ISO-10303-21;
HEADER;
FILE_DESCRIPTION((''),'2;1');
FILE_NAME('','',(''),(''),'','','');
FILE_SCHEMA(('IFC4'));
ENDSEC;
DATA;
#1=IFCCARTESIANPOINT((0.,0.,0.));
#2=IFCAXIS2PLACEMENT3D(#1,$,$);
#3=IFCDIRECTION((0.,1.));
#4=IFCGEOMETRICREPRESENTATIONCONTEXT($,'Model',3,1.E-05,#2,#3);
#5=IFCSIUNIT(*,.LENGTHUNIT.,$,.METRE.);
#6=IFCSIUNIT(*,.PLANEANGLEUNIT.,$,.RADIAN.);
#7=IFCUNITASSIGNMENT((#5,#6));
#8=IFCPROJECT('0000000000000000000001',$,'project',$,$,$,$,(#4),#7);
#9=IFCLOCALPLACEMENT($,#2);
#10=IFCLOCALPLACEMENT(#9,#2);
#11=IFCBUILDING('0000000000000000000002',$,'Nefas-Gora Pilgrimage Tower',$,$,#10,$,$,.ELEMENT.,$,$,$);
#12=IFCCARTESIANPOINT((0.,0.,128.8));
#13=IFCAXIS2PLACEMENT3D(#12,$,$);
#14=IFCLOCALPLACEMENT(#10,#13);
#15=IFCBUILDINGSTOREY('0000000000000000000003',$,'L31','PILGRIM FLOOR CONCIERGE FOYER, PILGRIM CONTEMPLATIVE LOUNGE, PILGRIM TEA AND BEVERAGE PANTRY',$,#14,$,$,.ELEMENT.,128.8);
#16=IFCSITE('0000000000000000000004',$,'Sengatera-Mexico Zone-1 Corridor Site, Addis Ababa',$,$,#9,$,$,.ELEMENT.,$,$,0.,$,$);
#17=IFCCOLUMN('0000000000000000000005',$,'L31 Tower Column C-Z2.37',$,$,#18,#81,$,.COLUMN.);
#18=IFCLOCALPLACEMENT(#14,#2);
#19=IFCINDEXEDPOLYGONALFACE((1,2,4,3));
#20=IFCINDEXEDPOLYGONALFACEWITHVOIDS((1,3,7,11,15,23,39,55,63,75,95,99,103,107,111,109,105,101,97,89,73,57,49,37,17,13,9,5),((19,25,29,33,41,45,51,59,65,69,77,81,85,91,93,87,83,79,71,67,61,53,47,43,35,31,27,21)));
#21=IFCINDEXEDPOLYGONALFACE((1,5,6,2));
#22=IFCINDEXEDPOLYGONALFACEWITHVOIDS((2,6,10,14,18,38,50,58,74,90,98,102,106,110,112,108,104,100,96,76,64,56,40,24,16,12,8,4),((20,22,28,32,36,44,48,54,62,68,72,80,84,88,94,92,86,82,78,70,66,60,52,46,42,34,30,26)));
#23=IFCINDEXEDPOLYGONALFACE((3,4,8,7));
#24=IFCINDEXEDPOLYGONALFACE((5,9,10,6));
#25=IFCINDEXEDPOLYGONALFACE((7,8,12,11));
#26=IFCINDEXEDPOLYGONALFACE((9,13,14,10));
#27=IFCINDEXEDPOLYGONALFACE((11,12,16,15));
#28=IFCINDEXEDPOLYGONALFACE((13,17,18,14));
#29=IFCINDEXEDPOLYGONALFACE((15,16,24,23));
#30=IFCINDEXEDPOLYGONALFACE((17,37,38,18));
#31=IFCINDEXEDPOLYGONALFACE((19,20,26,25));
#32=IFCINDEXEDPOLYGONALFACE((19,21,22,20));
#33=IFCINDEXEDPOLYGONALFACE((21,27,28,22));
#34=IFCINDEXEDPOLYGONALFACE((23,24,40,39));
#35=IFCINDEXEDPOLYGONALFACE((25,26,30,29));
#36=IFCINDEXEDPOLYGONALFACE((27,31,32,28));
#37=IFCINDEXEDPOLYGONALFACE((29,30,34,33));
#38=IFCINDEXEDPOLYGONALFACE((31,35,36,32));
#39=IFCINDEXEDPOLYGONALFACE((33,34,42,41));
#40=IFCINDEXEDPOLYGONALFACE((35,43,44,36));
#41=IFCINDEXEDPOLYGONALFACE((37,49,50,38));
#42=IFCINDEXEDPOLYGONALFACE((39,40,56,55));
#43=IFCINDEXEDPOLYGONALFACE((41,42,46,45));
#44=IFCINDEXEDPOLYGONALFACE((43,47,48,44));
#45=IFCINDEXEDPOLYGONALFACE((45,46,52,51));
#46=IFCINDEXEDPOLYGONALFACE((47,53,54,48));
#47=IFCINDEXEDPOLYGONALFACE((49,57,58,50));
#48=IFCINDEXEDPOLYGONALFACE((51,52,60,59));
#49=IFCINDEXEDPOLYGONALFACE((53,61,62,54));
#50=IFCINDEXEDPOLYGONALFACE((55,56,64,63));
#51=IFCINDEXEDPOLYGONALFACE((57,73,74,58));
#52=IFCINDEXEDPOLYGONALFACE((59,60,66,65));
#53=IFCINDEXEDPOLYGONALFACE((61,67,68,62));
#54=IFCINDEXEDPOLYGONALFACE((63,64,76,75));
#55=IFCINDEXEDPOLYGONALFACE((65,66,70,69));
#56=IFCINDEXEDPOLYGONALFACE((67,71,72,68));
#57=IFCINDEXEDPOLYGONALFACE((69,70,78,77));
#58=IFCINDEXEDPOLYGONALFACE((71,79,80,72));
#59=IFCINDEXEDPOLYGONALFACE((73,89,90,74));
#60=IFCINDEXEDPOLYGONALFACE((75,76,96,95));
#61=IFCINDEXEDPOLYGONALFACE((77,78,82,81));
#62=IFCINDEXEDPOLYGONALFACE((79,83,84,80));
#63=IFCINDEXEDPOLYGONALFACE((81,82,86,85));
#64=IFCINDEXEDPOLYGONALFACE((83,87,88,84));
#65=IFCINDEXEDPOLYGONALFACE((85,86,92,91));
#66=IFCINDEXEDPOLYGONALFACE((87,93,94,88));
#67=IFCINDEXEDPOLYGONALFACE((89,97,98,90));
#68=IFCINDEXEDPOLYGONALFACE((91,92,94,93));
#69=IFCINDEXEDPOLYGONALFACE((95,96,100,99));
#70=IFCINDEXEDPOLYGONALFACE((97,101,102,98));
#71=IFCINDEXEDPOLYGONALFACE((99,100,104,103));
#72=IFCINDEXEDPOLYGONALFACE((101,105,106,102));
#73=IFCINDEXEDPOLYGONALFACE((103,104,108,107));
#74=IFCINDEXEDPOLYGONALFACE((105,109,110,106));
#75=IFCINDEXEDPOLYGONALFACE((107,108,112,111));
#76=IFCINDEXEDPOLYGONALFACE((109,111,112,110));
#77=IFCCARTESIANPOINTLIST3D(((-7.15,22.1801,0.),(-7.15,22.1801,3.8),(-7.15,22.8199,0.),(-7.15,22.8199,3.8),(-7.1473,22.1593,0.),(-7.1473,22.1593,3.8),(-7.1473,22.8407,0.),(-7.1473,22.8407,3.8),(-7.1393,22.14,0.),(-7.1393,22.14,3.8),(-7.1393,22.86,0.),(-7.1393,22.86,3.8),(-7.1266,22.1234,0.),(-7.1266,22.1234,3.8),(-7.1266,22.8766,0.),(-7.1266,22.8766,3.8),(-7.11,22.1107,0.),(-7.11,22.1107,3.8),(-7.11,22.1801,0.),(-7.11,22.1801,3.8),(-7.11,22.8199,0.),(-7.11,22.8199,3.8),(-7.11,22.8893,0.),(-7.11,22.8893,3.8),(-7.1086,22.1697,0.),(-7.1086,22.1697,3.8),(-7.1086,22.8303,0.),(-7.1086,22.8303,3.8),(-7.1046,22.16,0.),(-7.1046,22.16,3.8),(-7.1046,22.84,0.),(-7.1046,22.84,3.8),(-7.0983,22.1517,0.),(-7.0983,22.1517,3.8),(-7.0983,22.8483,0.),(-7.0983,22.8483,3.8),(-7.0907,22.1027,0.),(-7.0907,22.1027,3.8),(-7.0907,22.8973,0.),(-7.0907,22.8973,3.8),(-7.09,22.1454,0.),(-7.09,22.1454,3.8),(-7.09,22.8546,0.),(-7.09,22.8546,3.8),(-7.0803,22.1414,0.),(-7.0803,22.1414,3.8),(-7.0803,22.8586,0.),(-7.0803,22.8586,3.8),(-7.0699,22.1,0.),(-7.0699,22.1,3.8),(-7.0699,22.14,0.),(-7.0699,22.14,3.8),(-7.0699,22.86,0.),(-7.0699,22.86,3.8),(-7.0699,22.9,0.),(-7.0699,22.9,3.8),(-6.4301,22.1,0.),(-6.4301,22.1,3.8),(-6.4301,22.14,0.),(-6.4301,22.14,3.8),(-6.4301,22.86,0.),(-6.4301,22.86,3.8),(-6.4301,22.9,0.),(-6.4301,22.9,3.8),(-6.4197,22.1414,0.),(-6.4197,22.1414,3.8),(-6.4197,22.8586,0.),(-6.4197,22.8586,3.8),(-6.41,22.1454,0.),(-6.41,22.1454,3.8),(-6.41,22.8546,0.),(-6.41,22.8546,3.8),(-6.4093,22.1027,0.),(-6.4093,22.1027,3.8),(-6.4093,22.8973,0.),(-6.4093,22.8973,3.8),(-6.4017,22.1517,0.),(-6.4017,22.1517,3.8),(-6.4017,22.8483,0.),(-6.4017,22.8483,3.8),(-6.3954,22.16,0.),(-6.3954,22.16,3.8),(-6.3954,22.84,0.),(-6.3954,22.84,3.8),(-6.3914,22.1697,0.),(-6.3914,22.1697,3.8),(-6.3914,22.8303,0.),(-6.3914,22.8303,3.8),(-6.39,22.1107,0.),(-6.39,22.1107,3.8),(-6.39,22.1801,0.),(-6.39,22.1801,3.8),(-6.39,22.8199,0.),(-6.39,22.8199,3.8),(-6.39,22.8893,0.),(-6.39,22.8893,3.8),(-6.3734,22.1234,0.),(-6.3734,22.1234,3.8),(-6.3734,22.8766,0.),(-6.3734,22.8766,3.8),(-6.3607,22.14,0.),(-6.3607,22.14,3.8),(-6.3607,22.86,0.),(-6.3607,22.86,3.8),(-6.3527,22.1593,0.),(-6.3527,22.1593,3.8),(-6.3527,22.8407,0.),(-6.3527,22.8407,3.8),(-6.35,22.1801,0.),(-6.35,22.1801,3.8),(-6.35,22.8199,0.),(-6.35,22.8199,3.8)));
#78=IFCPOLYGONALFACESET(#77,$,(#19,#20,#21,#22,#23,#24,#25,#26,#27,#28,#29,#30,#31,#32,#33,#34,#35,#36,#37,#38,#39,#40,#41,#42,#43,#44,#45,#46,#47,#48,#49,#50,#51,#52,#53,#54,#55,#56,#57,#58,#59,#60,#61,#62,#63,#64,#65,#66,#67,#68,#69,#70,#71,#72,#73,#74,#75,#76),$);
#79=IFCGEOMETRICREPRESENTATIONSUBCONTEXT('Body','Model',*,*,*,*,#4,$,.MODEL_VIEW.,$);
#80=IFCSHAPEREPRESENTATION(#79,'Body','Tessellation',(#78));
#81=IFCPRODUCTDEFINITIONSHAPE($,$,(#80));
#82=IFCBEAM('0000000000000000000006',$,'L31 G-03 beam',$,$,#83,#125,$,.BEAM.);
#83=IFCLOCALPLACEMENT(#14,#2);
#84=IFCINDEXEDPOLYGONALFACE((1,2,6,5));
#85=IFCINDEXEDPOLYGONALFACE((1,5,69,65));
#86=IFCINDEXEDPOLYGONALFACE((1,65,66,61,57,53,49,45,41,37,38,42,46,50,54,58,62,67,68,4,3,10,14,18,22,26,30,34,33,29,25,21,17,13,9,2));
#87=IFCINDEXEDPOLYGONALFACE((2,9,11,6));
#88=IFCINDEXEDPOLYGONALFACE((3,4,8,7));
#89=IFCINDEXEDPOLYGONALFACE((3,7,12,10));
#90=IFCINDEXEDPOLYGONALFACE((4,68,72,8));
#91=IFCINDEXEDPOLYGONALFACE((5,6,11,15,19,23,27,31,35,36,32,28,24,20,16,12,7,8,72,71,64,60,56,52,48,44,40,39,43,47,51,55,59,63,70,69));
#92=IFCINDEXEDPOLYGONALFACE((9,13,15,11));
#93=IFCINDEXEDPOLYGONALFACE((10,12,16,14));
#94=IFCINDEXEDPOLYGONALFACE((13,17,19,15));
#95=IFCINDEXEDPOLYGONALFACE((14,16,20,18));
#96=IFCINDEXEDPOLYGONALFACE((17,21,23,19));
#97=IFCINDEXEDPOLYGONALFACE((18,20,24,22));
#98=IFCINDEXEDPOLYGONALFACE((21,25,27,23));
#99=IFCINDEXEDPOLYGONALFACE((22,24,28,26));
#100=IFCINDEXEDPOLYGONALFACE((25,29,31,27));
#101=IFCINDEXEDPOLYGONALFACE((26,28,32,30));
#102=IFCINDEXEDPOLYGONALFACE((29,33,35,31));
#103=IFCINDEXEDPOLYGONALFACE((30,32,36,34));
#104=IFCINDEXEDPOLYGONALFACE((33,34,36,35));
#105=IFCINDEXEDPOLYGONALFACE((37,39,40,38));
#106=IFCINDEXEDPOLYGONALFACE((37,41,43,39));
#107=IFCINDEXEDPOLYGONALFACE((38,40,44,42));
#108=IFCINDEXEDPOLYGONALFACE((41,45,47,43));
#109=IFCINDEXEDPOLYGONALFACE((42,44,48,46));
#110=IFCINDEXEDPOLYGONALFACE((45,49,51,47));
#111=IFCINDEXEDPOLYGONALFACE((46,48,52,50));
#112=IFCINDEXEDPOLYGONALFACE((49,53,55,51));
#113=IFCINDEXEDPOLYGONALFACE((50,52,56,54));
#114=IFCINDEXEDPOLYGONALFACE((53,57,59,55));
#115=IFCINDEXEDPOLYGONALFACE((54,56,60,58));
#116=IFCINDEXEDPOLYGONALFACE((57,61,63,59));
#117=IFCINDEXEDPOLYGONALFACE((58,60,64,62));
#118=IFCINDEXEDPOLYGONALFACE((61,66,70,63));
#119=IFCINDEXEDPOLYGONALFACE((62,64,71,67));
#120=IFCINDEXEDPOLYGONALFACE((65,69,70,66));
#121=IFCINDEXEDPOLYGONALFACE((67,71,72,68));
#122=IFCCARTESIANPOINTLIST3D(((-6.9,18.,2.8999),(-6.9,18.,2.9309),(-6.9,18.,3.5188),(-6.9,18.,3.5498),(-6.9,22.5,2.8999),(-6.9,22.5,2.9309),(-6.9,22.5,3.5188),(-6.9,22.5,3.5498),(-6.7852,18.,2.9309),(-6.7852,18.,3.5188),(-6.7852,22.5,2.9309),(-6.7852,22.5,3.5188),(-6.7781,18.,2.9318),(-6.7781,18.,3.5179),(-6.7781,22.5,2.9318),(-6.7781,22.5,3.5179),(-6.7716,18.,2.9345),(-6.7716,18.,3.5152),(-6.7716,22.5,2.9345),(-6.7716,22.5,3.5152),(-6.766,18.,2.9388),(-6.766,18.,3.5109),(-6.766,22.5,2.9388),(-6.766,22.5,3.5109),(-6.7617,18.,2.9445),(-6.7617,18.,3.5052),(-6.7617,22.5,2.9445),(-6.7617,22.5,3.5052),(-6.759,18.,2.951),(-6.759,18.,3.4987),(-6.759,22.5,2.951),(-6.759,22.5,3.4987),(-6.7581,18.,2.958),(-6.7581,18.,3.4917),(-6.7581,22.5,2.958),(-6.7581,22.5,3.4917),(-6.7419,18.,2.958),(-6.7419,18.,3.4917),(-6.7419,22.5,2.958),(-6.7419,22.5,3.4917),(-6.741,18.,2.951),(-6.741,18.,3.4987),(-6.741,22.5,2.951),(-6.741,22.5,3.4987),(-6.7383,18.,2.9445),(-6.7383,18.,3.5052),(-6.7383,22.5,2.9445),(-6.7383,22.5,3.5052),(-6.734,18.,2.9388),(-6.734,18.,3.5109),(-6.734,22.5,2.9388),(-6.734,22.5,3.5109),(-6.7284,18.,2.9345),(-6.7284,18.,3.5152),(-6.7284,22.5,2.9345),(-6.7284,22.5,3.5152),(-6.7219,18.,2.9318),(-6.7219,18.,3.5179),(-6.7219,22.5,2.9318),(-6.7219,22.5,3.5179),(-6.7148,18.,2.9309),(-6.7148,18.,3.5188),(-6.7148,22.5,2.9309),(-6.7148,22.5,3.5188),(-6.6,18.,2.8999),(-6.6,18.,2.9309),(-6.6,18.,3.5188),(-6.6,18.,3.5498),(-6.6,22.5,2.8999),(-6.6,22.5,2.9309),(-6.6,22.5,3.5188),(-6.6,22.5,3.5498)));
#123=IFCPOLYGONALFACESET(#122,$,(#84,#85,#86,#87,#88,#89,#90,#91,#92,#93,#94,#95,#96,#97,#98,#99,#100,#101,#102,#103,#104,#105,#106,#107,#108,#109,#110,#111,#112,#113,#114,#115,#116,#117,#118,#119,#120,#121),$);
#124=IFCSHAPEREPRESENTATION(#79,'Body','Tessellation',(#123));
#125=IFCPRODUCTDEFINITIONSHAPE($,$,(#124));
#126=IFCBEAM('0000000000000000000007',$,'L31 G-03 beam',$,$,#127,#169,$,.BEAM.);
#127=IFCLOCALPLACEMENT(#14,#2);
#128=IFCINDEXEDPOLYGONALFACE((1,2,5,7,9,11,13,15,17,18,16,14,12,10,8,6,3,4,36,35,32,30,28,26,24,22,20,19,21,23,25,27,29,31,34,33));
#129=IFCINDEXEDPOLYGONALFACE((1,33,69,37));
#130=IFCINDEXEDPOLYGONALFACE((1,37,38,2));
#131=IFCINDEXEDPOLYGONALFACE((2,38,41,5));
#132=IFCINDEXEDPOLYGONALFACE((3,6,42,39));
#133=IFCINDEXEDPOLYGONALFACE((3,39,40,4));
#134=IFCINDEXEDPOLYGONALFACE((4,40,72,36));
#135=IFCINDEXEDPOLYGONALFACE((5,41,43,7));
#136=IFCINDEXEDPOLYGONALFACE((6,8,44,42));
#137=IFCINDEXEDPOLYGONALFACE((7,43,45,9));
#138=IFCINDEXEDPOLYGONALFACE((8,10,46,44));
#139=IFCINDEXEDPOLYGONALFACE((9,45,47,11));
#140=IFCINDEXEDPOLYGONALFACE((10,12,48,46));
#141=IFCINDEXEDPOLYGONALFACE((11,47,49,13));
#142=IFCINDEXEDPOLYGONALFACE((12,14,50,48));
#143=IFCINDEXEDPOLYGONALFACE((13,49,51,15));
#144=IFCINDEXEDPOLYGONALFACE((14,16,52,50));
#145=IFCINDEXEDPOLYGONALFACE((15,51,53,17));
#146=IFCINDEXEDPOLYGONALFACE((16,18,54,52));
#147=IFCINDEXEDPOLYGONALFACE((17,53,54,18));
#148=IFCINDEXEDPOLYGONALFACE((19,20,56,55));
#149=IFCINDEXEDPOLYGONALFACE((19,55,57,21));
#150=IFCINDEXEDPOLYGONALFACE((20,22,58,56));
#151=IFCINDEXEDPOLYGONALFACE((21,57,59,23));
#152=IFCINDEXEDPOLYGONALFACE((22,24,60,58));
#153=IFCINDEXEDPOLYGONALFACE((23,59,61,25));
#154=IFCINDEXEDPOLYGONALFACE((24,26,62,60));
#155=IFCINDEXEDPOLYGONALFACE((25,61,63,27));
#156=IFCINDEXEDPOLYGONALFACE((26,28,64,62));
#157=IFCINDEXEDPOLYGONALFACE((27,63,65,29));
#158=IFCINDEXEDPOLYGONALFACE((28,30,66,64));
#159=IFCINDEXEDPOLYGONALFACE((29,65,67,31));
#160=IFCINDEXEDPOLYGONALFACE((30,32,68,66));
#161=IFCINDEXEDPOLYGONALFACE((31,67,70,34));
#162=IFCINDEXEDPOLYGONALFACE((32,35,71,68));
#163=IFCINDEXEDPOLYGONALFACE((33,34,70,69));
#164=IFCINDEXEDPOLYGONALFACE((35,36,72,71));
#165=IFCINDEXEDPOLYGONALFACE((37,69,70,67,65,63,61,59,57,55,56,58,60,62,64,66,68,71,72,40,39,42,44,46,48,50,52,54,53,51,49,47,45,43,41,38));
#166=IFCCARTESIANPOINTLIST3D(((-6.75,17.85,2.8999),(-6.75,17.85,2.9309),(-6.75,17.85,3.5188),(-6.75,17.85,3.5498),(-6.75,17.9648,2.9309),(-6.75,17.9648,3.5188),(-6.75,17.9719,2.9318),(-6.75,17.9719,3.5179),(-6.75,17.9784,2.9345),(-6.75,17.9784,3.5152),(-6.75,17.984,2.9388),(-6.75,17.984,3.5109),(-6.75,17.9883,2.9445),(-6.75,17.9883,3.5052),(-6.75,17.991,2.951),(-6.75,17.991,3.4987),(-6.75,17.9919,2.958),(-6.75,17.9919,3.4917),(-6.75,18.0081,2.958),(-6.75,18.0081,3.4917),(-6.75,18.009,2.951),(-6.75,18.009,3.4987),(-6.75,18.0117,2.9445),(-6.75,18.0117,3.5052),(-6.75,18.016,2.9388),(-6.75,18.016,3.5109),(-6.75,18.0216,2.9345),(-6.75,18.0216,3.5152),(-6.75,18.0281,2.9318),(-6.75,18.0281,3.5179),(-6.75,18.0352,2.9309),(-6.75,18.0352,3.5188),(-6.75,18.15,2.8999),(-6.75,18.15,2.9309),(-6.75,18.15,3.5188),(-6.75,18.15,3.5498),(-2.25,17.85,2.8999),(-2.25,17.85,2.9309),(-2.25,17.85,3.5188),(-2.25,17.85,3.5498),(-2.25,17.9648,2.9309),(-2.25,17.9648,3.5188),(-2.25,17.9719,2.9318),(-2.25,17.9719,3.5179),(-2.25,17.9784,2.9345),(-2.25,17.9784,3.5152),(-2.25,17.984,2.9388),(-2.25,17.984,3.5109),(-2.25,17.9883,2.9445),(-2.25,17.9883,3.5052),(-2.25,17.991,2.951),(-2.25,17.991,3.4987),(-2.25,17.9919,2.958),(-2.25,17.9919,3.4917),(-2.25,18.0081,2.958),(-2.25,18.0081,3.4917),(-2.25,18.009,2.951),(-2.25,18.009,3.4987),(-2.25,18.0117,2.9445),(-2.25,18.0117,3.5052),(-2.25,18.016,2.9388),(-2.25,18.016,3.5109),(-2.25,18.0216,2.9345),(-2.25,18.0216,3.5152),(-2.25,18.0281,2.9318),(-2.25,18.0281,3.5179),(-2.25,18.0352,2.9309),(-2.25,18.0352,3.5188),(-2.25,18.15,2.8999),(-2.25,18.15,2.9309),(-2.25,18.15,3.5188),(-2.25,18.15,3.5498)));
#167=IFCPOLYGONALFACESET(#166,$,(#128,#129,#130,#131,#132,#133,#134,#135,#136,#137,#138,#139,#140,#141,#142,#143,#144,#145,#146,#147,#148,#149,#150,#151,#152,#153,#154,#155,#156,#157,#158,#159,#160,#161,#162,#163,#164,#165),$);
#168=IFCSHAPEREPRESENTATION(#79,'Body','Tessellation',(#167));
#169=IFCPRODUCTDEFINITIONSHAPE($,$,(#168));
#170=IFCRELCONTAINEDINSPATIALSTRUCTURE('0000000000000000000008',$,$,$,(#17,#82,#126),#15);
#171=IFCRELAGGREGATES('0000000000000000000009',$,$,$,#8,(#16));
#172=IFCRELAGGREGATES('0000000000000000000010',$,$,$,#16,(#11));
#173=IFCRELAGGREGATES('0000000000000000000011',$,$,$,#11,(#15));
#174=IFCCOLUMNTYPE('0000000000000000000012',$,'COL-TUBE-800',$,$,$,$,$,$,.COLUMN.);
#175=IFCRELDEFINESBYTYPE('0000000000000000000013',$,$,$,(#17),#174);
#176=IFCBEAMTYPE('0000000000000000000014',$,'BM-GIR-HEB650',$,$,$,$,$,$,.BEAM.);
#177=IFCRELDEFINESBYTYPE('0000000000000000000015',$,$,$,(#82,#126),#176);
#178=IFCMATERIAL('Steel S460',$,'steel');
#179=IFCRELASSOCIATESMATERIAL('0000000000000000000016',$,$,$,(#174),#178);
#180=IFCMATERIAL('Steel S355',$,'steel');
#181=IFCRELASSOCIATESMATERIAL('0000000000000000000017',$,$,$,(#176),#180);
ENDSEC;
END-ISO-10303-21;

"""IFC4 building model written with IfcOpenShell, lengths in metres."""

from ifc_helpers import new_model, si_unit, direction, frame, origin, origin_2d, place, context, subcontext, project, spatial, hollow_rectangle, i_section, extrude, source, transform, mapped, material, material_profile, profile_set, type_object, element, save


model = new_model("IFC4")

# Units and contexts
model_context = context("Model", 3, precision=1e-05, world=origin(), true_north=direction((0.0, 1.0)))
body_context = subcontext(model_context, "Body", "Model", "MODEL_VIEW")
ifc_project = project(units=[si_unit("LENGTHUNIT", "METRE"), si_unit("PLANEANGLEUNIT", "RADIAN")], contexts=[model_context])

# Site, building, storey
site_placement = place(None, origin())
site = spatial("IfcSite", under=ifc_project, at=site_placement, Name="Sengatera-Mexico Zone-1 Corridor Site, Addis Ababa", CompositionType="ELEMENT", RefElevation=0.0)
building_placement = place(site_placement, origin())
building = spatial("IfcBuilding", under=site, at=building_placement, Name="Nefas-Gora Pilgrimage Tower", CompositionType="ELEMENT")
storey_placement = place(building_placement, frame((0.0, 0.0, 128.8)))
storey = spatial("IfcBuildingStorey", under=building, at=storey_placement, Name="L31", Description="PILGRIM FLOOR CONCIERGE FOYER, PILGRIM CONTEMPLATIVE LOUNGE, PILGRIM TEA AND BEVERAGE PANTRY", CompositionType="ELEMENT", Elevation=128.8)

# Column
ifc_material_1 = material(Name="Steel S460", Category="steel")
ifc_material_profile_1 = material_profile(ifc_material_1, hollow_rectangle(XDim=0.8, YDim=0.8, WallThickness=0.04, InnerFilletRadius=0.04, OuterFilletRadius=0.0801, at=origin_2d()), Name="BOX 800x800x40")
ifc_profile_set_1 = profile_set([ifc_material_profile_1], Name="Steel S460")
column_type_1 = type_object("IfcColumnType", Name="COL-TUBE-800", PredefinedType="COLUMN", material=ifc_profile_set_1)
shared_shape_1 = source(origin(), body_context, "Body", "SweptSolid", [
    extrude(hollow_rectangle(XDim=0.8, YDim=0.8, WallThickness=0.04, InnerFilletRadius=0.04, OuterFilletRadius=0.0801, at=origin_2d()), origin(), (0.0, 0.0, 1.0), 3.8),
])
column_placement = place(storey_placement, frame((-6.75, 22.5, 0.0), z_axis=(0.0, 0.0, 1.0), x_axis=(1.0, 0.0, 0.0)))
element("IfcColumn", 1, at=column_placement, inside=storey, type_object=column_type_1, Name="L31 Tower Column C-Z2.37", PredefinedType="COLUMN", context=body_context, shape_type="MappedRepresentation", body=[
    mapped(shared_shape_1, transform((0.0, 0.0, 0.0), x_axis=(1.0, 0.0, 0.0), y_axis=(0.0, 1.0, 0.0), z_axis=(0.0, 0.0, 1.0), scale=1.0)),
])

# Beams
ifc_material_2 = material(Name="Steel S355", Category="steel")
ifc_material_profile_2 = material_profile(ifc_material_2, i_section(OverallWidth=0.3, OverallDepth=0.6499, WebThickness=0.0161, FlangeThickness=0.031, FilletRadius=0.0271, at=origin_2d()), Name="HEB 650")
ifc_profile_set_2 = profile_set([ifc_material_profile_2], Name="Steel S355")
beam_type = type_object("IfcBeamType", Name="BM-GIR-HEB650", PredefinedType="BEAM", material=ifc_profile_set_2)
shared_shape_2 = source(origin(), body_context, "Body", "SweptSolid", [
    extrude(i_section(OverallWidth=0.3, OverallDepth=0.6499, WebThickness=0.0161, FlangeThickness=0.031, FilletRadius=0.0271, at=origin_2d()), origin(), (0.0, 0.0, 1.0), 4.5),
])
for number, where, z_axis, x_axis, name in (
    (2, (-6.75, 18.0, 3.2249), (0.0, 1.0, 0.0), (-1.0, 0.0, 0.0), "L31 G-03 beam"),
    (3, (-6.75, 18.0, 3.2249), (1.0, 0.0, 0.0), (0.0, 1.0, 0.0), "L31 G-03 beam"),
):
    element("IfcBeam", number, at=place(storey_placement, frame(where, z_axis=z_axis, x_axis=x_axis)), inside=storey, type_object=beam_type, Name=name, PredefinedType="BEAM", context=body_context, shape_type="MappedRepresentation", body=[
        mapped(shared_shape_2, transform((0.0, 0.0, 0.0), x_axis=(1.0, 0.0, 0.0), y_axis=(0.0, 1.0, 0.0), z_axis=(0.0, 0.0, 1.0), scale=1.0)),
    ])

save(model, "model.ifc")
